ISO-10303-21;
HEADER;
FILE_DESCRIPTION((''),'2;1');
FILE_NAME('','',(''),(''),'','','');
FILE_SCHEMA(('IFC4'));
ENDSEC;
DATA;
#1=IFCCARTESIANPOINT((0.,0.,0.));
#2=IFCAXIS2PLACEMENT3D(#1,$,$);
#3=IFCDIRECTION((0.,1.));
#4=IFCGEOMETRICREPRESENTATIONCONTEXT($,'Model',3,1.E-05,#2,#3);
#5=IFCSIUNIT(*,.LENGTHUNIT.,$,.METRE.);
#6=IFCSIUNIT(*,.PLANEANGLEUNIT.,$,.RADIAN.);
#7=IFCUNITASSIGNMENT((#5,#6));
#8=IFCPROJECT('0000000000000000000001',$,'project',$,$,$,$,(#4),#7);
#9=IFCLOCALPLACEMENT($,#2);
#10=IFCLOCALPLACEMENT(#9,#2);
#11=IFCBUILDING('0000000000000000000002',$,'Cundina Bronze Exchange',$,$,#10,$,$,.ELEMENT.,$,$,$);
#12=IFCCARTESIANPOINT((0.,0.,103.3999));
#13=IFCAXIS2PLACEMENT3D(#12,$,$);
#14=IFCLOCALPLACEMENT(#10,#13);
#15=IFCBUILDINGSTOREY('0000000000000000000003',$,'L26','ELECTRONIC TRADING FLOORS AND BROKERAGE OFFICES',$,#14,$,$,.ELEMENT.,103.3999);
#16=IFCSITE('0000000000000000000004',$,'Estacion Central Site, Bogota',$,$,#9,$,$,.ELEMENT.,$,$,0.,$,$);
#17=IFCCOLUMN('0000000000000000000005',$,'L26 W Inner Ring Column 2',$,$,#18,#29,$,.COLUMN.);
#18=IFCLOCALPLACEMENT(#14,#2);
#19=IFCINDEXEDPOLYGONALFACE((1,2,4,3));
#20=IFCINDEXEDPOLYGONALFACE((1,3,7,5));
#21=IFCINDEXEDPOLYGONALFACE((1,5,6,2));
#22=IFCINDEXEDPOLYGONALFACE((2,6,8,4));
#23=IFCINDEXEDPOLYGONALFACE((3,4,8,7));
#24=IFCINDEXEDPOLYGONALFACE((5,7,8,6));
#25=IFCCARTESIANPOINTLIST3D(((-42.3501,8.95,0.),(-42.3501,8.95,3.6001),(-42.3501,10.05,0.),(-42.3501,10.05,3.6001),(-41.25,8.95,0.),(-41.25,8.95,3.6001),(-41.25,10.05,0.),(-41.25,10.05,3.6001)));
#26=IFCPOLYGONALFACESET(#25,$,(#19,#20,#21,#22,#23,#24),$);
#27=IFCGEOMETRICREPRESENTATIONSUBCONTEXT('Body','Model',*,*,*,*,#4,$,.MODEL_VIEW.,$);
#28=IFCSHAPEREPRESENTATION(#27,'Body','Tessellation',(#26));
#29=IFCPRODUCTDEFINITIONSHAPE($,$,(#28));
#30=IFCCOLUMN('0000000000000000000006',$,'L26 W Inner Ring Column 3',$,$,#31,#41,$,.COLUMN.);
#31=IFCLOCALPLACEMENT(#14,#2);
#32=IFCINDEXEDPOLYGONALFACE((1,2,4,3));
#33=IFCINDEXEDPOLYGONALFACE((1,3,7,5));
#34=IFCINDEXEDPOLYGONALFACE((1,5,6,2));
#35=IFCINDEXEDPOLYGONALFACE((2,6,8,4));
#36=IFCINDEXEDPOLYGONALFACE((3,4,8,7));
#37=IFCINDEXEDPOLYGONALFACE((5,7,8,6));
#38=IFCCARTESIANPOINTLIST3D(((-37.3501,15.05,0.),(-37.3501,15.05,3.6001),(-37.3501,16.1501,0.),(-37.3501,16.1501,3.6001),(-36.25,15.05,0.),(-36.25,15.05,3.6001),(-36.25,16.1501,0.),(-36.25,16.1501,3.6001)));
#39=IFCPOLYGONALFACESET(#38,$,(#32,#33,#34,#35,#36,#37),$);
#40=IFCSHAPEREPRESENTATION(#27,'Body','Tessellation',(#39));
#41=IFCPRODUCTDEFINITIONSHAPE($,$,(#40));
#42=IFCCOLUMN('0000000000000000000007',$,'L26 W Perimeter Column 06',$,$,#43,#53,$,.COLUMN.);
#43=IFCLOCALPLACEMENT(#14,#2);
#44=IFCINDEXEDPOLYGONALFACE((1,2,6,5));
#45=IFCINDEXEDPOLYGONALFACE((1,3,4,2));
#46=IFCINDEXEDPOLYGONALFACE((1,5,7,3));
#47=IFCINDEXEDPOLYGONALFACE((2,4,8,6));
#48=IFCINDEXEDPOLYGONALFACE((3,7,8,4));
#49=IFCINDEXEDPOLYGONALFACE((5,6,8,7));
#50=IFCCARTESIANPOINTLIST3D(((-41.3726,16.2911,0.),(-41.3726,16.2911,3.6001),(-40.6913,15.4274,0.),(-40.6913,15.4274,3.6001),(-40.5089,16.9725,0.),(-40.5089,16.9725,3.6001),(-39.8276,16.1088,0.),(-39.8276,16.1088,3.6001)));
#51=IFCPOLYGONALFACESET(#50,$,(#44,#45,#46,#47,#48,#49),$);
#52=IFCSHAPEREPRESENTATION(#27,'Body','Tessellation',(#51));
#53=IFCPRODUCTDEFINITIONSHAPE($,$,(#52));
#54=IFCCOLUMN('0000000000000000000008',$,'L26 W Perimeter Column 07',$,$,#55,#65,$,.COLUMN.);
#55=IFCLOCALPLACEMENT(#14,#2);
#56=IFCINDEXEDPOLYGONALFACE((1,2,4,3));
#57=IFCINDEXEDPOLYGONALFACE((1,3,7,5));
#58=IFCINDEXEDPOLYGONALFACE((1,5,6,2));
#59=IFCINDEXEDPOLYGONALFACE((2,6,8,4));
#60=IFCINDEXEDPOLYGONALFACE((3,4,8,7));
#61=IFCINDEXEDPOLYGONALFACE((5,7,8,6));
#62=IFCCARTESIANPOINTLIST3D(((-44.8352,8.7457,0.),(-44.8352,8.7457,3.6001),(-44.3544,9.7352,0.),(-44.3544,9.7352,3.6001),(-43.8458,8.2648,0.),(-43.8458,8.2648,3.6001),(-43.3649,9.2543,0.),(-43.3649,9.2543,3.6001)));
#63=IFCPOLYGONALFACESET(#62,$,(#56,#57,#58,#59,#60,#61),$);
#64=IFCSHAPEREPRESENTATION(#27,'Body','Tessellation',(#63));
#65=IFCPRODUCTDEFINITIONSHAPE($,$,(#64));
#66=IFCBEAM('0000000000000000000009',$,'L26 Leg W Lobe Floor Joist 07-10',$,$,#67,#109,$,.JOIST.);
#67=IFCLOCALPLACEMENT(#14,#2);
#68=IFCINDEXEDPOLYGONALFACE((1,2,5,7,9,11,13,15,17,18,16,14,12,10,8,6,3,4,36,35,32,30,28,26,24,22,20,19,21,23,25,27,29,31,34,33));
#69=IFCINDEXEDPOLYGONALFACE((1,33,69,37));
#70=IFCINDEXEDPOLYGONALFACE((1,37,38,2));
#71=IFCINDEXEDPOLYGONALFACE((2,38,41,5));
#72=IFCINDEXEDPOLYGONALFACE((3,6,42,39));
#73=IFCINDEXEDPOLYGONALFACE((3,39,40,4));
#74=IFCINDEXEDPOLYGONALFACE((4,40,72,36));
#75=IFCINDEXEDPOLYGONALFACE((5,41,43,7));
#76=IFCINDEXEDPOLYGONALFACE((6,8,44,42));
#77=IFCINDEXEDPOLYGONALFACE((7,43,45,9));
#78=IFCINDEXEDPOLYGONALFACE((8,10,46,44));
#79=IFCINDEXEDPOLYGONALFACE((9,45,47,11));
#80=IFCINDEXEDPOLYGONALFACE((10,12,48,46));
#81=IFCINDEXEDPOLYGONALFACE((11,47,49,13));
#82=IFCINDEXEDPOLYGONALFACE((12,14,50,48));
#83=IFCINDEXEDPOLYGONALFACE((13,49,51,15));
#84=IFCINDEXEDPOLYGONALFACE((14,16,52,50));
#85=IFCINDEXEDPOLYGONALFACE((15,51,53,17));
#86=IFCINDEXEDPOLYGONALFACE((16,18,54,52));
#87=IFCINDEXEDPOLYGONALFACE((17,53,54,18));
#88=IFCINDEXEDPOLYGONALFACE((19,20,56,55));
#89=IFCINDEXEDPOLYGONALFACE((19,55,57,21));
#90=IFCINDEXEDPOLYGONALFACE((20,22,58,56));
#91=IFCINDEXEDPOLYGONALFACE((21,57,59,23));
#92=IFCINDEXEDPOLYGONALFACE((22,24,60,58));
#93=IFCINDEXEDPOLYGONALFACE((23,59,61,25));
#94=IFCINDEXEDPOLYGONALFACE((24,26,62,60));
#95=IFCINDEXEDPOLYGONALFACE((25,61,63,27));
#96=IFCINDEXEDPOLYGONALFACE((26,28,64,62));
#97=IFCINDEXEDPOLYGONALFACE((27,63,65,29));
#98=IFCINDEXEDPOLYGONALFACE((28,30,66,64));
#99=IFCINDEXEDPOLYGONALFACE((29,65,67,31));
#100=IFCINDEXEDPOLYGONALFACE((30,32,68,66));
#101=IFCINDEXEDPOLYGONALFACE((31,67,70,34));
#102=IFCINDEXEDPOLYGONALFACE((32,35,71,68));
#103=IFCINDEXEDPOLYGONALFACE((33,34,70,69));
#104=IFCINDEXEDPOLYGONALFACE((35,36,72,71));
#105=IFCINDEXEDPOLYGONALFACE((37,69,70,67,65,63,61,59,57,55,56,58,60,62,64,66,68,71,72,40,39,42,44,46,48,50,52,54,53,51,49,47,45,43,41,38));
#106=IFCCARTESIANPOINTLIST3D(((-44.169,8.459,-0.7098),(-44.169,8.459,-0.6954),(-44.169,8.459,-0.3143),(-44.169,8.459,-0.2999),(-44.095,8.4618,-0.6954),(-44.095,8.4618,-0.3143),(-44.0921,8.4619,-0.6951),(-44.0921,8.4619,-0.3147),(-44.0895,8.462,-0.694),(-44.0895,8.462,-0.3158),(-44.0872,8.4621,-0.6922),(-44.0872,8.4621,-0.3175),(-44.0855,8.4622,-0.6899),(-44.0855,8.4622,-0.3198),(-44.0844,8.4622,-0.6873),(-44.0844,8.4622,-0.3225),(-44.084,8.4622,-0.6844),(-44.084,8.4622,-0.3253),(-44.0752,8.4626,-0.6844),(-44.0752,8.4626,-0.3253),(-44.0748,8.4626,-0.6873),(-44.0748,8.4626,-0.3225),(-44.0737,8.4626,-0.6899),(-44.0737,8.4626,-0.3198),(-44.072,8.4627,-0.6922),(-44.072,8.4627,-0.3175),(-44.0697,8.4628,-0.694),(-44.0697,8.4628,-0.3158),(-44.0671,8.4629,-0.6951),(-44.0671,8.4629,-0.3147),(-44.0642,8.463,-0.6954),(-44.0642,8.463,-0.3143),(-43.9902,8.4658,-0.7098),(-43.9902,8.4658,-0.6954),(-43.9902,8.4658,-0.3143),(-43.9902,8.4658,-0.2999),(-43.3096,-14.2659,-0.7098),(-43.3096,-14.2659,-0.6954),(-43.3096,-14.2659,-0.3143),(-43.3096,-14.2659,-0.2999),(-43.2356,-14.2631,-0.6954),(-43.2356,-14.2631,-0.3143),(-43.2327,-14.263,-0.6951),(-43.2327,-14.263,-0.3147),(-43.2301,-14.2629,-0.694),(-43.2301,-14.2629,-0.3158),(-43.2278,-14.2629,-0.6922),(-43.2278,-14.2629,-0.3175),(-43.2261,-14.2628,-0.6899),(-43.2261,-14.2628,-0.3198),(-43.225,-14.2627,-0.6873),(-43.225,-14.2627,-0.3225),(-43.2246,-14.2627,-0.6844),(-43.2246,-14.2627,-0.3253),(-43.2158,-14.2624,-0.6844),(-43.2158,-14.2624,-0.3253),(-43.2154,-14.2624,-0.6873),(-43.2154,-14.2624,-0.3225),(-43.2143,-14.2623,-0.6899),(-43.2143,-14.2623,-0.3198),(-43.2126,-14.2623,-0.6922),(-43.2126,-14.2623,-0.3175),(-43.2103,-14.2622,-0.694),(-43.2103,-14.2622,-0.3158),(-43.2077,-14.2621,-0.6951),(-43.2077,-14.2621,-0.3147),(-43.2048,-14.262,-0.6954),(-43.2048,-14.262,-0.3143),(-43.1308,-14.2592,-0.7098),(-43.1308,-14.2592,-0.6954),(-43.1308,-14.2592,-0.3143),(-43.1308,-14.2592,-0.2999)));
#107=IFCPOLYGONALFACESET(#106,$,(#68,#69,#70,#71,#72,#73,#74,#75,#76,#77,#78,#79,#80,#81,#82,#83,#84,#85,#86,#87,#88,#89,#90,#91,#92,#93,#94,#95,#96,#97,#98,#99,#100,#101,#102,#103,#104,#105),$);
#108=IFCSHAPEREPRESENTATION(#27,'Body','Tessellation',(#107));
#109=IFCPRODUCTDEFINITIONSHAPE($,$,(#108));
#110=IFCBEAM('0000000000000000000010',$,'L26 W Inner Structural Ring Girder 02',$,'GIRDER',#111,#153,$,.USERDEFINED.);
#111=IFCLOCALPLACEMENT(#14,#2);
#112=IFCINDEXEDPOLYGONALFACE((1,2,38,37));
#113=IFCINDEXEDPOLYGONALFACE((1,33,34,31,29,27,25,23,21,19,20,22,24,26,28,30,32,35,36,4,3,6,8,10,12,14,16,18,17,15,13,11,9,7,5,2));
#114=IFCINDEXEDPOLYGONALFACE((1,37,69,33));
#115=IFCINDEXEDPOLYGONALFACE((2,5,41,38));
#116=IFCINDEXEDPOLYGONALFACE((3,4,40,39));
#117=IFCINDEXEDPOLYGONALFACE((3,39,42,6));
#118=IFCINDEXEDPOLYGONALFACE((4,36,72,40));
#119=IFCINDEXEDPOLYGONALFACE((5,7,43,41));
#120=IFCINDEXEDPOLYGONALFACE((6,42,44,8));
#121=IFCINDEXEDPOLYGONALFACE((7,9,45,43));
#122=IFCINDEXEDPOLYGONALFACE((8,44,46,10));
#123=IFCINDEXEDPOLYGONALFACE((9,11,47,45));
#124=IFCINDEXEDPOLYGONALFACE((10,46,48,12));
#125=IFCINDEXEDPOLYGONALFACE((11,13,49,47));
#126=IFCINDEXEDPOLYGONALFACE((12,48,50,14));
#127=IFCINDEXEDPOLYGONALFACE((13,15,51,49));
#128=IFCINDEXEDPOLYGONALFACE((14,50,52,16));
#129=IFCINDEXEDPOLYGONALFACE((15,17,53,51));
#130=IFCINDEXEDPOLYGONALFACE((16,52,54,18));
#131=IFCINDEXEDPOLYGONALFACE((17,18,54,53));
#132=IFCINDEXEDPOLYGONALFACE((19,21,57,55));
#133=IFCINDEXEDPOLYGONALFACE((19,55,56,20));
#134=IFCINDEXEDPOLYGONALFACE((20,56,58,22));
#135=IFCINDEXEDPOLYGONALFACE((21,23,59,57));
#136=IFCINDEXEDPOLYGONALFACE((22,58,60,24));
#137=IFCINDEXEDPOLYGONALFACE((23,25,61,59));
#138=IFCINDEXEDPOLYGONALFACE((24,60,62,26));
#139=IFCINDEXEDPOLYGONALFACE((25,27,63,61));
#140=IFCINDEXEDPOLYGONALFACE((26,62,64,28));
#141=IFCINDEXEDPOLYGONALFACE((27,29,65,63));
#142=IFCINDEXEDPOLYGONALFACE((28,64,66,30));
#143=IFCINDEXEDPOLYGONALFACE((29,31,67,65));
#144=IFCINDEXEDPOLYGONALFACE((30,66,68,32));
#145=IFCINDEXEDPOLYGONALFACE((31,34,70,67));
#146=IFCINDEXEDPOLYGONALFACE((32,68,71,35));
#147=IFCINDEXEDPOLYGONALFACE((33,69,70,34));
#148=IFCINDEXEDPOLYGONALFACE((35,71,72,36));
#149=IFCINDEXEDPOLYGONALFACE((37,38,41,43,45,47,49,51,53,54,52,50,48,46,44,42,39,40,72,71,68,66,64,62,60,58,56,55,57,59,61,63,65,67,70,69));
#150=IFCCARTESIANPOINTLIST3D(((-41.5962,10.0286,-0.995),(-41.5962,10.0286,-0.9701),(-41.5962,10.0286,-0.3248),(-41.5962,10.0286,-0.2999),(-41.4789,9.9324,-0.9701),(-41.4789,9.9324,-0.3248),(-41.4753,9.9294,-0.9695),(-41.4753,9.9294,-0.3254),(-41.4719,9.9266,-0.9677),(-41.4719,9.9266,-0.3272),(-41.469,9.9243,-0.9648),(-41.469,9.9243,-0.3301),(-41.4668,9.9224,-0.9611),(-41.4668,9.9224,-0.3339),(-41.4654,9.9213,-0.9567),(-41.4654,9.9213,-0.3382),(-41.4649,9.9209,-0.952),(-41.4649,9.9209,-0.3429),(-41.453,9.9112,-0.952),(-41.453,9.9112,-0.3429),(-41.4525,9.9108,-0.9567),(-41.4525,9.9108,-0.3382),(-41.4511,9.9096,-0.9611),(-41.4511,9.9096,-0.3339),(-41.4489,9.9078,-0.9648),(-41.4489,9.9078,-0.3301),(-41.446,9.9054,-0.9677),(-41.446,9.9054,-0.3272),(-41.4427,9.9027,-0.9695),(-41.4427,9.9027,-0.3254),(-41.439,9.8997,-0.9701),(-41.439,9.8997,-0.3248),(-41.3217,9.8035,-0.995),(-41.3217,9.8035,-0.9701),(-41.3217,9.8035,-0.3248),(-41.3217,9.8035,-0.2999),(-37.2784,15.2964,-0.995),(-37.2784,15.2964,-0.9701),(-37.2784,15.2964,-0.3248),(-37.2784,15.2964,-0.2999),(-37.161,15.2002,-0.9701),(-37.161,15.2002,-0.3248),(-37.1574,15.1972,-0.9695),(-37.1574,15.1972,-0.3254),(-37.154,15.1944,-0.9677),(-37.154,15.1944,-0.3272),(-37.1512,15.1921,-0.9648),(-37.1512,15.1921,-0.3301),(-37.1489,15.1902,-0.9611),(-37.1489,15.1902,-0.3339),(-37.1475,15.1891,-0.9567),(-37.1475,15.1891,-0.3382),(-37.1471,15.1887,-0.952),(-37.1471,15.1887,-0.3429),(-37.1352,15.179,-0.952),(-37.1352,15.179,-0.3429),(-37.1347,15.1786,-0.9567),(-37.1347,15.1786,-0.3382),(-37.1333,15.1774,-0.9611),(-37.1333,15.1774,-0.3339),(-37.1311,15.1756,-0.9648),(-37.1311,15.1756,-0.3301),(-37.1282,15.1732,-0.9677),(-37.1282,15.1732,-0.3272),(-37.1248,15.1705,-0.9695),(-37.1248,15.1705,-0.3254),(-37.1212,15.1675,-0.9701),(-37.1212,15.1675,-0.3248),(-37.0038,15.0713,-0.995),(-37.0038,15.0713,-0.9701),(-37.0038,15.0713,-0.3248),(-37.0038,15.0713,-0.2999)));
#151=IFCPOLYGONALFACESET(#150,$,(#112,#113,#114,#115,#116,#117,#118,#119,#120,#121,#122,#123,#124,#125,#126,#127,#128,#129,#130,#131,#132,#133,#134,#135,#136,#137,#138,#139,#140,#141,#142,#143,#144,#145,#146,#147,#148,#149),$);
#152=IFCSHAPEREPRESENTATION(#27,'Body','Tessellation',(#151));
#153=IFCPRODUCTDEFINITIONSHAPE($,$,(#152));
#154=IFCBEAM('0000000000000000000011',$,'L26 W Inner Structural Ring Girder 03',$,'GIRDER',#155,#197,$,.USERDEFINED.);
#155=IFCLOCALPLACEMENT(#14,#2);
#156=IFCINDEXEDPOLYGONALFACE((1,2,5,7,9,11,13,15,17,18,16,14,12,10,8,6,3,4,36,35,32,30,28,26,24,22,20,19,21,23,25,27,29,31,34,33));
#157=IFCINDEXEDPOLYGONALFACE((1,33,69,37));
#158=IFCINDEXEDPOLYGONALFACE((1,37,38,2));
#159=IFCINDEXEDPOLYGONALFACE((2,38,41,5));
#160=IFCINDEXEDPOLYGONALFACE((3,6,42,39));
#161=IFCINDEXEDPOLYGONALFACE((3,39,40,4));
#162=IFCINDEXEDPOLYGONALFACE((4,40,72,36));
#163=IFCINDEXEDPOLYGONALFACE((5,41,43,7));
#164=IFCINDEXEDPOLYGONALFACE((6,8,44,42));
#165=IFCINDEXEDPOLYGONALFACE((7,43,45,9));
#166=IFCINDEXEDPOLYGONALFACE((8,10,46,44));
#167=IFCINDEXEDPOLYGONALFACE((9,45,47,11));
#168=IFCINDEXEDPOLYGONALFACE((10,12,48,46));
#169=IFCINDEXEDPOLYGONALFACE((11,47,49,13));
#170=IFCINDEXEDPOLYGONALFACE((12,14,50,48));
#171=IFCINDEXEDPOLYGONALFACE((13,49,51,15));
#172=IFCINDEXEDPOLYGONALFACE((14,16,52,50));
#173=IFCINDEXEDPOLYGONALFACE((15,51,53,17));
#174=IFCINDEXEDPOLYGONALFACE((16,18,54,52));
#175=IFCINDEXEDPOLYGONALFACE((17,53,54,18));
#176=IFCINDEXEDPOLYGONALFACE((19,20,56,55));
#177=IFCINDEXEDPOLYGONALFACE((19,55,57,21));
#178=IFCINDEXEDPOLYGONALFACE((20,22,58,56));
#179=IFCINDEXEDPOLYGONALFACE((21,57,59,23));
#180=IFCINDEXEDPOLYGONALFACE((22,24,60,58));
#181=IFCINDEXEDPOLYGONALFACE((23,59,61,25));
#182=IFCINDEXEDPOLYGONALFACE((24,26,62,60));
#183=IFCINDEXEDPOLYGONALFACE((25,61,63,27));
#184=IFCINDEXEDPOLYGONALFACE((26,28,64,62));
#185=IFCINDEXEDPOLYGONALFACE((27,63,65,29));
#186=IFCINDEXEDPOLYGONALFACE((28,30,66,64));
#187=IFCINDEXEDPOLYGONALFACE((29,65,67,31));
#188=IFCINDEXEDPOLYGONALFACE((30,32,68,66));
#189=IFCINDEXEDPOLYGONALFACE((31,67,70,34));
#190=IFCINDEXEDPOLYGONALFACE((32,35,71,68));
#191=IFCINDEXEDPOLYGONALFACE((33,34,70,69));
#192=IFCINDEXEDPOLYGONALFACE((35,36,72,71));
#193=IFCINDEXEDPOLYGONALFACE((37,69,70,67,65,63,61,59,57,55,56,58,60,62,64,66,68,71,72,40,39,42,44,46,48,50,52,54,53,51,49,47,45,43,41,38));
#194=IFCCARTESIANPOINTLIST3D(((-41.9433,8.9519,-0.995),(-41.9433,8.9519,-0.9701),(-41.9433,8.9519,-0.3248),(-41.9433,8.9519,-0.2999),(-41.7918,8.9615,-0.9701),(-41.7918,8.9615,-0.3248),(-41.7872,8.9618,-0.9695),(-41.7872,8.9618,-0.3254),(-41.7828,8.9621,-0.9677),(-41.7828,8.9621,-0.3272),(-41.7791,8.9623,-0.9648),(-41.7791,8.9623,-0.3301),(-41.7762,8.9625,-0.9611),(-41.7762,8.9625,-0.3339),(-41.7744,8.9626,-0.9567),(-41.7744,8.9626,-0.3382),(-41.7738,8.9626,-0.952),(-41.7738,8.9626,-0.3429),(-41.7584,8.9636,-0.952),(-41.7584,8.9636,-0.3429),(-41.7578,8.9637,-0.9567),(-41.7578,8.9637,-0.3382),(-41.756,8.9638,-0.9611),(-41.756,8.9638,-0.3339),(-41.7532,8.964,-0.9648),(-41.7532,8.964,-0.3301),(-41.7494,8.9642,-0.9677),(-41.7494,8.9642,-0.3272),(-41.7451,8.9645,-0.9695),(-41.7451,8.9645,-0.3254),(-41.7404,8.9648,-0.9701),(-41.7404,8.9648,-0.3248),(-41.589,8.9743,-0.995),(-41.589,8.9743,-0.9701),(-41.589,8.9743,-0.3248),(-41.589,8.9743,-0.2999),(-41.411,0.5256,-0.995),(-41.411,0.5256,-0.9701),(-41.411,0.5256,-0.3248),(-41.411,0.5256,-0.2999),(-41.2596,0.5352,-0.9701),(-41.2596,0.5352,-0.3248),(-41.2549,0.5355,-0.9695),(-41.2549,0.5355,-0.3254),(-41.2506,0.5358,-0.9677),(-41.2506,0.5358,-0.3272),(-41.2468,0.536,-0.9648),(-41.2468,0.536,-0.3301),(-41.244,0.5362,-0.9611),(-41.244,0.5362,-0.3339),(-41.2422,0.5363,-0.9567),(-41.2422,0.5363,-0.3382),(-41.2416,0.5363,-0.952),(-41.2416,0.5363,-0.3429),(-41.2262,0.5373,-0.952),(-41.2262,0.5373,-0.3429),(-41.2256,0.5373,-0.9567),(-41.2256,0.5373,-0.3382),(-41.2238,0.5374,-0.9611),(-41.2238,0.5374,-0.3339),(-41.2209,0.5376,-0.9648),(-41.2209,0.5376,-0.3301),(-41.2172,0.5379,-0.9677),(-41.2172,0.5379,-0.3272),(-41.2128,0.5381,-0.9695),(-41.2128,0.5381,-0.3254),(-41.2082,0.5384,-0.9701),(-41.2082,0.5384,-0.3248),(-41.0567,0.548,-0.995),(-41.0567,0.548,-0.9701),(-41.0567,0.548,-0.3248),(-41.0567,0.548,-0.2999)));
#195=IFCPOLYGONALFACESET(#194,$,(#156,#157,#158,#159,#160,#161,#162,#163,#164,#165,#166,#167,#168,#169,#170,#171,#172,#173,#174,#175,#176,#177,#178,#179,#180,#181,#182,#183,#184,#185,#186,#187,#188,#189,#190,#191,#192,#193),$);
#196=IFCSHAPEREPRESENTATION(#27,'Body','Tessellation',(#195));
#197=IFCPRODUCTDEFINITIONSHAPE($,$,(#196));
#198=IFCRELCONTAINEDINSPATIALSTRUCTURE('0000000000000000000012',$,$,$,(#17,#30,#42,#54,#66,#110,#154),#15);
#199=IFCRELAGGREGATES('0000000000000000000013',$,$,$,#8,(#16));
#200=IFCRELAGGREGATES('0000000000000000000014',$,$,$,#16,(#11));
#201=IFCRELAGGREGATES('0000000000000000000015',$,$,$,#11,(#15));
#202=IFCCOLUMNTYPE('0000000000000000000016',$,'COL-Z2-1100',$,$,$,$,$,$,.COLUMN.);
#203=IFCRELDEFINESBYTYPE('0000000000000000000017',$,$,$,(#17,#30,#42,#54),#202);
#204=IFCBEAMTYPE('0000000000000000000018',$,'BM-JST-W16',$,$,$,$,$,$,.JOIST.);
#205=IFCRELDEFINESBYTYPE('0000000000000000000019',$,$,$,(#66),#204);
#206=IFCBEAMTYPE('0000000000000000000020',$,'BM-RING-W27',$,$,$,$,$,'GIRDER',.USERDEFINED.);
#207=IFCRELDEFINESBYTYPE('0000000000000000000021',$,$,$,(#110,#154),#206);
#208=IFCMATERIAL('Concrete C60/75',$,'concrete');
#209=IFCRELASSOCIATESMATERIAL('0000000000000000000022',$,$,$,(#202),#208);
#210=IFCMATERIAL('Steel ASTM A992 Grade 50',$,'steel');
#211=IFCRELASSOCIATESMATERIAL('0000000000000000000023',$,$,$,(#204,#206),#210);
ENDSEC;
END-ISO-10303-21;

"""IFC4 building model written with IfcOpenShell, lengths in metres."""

from ifc_helpers import new_model, si_unit, direction, frame, origin, origin_2d, place, context, subcontext, project, spatial, rectangle, i_section, extrude, material, material_profile, profile_set, type_object, element, save


model = new_model("IFC4")

# Units and contexts
model_context = context("Model", 3, precision=1e-05, world=origin(), true_north=direction((0.0, 1.0)))
body_context = subcontext(model_context, "Body", "Model", "MODEL_VIEW")
ifc_project = project(units=[si_unit("LENGTHUNIT", "METRE"), si_unit("PLANEANGLEUNIT", "RADIAN")], contexts=[model_context])

# Site, building, storey
site_placement = place(None, origin())
site = spatial("IfcSite", under=ifc_project, at=site_placement, Name="Estacion Central Site, Bogota", CompositionType="ELEMENT", RefElevation=0.0)
building_placement = place(site_placement, origin())
building = spatial("IfcBuilding", under=site, at=building_placement, Name="Cundina Bronze Exchange", CompositionType="ELEMENT")
storey_placement = place(building_placement, frame((0.0, 0.0, 103.3999)))
storey = spatial("IfcBuildingStorey", under=building, at=storey_placement, Name="L26", Description="ELECTRONIC TRADING FLOORS AND BROKERAGE OFFICES", CompositionType="ELEMENT", Elevation=103.3999)

# Columns
ifc_material_1 = material(Name="Concrete C60/75", Category="concrete")
ifc_material_profile_1 = material_profile(ifc_material_1, rectangle(XDim=1.1001, YDim=1.1001, at=origin_2d()), Name="RC1100X1100", Category="concrete")
ifc_profile_set_1 = profile_set([ifc_material_profile_1], Name="Concrete C60/75")
column_type = type_object("IfcColumnType", Name="COL-Z2-1100", PredefinedType="COLUMN", material=ifc_profile_set_1)
for number, where, z_axis, x_axis, name in (
    (1, (-41.8, 9.5, 0.0), (0.0, 0.0, 1.0), (1.0, 0.0, 0.0), "L26 W Inner Ring Column 2"),
    (2, (-36.8, 15.6001, 0.0), (0.0, 0.0, 1.0), (1.0, 0.0, 0.0), "L26 W Inner Ring Column 3"),
    (3, (-40.6001, 16.2, 0.0), (0.0, 0.0, 1.0), (-0.785101, -0.619368, 0.0), "L26 W Perimeter Column 06"),
    (4, (-44.1001, 9.0, 0.0), (0.0, 0.0, 1.0), (-0.437116, -0.899405, 0.0), "L26 W Perimeter Column 07"),
):
    element("IfcColumn", number, at=place(storey_placement, frame(where, z_axis=z_axis, x_axis=x_axis)), inside=storey, type_object=column_type, Name=name, PredefinedType="COLUMN", context=body_context, shape_type="SweptSolid", body=[
        extrude(rectangle(XDim=1.1001, YDim=1.1001, at=origin_2d()), origin(), (0.0, 0.0, 1.0), 3.6001),
    ])

# Beams
ifc_material_2 = material(Name="Steel ASTM A992 Grade 50", Category="steel")
ifc_material_profile_2 = material_profile(ifc_material_2, i_section(OverallWidth=0.179, OverallDepth=0.4099, WebThickness=0.0088, FlangeThickness=0.0144, FilletRadius=0.011, at=origin_2d()), Name="W16X45", Category="steel")
ifc_profile_set_2 = profile_set([ifc_material_profile_2], Name="Steel ASTM A992 Grade 50")
beam_type_1 = type_object("IfcBeamType", Name="BM-JST-W16", PredefinedType="JOIST", material=ifc_profile_set_2)
beam_1_placement = place(storey_placement, frame((-44.0796, 8.4624, -0.5049), z_axis=(0.03779, -0.999286, 0.0), x_axis=(0.999286, 0.03779, 0.0)))
element("IfcBeam", 5, at=beam_1_placement, inside=storey, type_object=beam_type_1, Name="L26 Leg W Lobe Floor Joist 07-10", PredefinedType="JOIST", context=body_context, shape_type="SweptSolid", body=[
    extrude(i_section(OverallWidth=0.179, OverallDepth=0.4099, WebThickness=0.0088, FlangeThickness=0.0144, FilletRadius=0.011, at=origin_2d()), origin(), (0.0, 0.0, 1.0), 22.7412),
])
ifc_material_profile_3 = material_profile(ifc_material_2, i_section(OverallWidth=0.355, OverallDepth=0.6951, WebThickness=0.0154, FlangeThickness=0.0249, FilletRadius=0.0181, at=origin_2d()), Name="W27X146", Category="steel")
ifc_profile_set_3 = profile_set([ifc_material_profile_3], Name="Steel ASTM A992 Grade 50")
beam_type_2 = type_object("IfcBeamType", Name="BM-RING-W27", ElementType="GIRDER", PredefinedType="USERDEFINED", material=ifc_profile_set_3)
beam_2_placement = place(storey_placement, frame((-37.1411, 15.1838, -0.6475), z_axis=(-0.633927, -0.773393, 0.0), x_axis=(0.773393, -0.633927, 0.0)))
element("IfcBeam", 6, at=beam_2_placement, inside=storey, type_object=beam_type_2, Name="L26 W Inner Structural Ring Girder 02", ObjectType="GIRDER", PredefinedType="USERDEFINED", context=body_context, shape_type="SweptSolid", body=[
    extrude(i_section(OverallWidth=0.355, OverallDepth=0.6951, WebThickness=0.0154, FlangeThickness=0.0249, FilletRadius=0.0181, at=origin_2d()), origin(), (0.0, 0.0, 1.0), 6.8113),
])
beam_3_placement = place(storey_placement, frame((-41.7661, 8.9631, -0.6475), z_axis=(0.063037, -0.998011, 0.0), x_axis=(0.998011, 0.063037, 0.0)))
element("IfcBeam", 7, at=beam_3_placement, inside=storey, type_object=beam_type_2, Name="L26 W Inner Structural Ring Girder 03", ObjectType="GIRDER", PredefinedType="USERDEFINED", context=body_context, shape_type="SweptSolid", body=[
    extrude(i_section(OverallWidth=0.355, OverallDepth=0.6951, WebThickness=0.0154, FlangeThickness=0.0249, FilletRadius=0.0181, at=origin_2d()), origin(), (0.0, 0.0, 1.0), 8.4431),
])

save(model, "model.ifc")
